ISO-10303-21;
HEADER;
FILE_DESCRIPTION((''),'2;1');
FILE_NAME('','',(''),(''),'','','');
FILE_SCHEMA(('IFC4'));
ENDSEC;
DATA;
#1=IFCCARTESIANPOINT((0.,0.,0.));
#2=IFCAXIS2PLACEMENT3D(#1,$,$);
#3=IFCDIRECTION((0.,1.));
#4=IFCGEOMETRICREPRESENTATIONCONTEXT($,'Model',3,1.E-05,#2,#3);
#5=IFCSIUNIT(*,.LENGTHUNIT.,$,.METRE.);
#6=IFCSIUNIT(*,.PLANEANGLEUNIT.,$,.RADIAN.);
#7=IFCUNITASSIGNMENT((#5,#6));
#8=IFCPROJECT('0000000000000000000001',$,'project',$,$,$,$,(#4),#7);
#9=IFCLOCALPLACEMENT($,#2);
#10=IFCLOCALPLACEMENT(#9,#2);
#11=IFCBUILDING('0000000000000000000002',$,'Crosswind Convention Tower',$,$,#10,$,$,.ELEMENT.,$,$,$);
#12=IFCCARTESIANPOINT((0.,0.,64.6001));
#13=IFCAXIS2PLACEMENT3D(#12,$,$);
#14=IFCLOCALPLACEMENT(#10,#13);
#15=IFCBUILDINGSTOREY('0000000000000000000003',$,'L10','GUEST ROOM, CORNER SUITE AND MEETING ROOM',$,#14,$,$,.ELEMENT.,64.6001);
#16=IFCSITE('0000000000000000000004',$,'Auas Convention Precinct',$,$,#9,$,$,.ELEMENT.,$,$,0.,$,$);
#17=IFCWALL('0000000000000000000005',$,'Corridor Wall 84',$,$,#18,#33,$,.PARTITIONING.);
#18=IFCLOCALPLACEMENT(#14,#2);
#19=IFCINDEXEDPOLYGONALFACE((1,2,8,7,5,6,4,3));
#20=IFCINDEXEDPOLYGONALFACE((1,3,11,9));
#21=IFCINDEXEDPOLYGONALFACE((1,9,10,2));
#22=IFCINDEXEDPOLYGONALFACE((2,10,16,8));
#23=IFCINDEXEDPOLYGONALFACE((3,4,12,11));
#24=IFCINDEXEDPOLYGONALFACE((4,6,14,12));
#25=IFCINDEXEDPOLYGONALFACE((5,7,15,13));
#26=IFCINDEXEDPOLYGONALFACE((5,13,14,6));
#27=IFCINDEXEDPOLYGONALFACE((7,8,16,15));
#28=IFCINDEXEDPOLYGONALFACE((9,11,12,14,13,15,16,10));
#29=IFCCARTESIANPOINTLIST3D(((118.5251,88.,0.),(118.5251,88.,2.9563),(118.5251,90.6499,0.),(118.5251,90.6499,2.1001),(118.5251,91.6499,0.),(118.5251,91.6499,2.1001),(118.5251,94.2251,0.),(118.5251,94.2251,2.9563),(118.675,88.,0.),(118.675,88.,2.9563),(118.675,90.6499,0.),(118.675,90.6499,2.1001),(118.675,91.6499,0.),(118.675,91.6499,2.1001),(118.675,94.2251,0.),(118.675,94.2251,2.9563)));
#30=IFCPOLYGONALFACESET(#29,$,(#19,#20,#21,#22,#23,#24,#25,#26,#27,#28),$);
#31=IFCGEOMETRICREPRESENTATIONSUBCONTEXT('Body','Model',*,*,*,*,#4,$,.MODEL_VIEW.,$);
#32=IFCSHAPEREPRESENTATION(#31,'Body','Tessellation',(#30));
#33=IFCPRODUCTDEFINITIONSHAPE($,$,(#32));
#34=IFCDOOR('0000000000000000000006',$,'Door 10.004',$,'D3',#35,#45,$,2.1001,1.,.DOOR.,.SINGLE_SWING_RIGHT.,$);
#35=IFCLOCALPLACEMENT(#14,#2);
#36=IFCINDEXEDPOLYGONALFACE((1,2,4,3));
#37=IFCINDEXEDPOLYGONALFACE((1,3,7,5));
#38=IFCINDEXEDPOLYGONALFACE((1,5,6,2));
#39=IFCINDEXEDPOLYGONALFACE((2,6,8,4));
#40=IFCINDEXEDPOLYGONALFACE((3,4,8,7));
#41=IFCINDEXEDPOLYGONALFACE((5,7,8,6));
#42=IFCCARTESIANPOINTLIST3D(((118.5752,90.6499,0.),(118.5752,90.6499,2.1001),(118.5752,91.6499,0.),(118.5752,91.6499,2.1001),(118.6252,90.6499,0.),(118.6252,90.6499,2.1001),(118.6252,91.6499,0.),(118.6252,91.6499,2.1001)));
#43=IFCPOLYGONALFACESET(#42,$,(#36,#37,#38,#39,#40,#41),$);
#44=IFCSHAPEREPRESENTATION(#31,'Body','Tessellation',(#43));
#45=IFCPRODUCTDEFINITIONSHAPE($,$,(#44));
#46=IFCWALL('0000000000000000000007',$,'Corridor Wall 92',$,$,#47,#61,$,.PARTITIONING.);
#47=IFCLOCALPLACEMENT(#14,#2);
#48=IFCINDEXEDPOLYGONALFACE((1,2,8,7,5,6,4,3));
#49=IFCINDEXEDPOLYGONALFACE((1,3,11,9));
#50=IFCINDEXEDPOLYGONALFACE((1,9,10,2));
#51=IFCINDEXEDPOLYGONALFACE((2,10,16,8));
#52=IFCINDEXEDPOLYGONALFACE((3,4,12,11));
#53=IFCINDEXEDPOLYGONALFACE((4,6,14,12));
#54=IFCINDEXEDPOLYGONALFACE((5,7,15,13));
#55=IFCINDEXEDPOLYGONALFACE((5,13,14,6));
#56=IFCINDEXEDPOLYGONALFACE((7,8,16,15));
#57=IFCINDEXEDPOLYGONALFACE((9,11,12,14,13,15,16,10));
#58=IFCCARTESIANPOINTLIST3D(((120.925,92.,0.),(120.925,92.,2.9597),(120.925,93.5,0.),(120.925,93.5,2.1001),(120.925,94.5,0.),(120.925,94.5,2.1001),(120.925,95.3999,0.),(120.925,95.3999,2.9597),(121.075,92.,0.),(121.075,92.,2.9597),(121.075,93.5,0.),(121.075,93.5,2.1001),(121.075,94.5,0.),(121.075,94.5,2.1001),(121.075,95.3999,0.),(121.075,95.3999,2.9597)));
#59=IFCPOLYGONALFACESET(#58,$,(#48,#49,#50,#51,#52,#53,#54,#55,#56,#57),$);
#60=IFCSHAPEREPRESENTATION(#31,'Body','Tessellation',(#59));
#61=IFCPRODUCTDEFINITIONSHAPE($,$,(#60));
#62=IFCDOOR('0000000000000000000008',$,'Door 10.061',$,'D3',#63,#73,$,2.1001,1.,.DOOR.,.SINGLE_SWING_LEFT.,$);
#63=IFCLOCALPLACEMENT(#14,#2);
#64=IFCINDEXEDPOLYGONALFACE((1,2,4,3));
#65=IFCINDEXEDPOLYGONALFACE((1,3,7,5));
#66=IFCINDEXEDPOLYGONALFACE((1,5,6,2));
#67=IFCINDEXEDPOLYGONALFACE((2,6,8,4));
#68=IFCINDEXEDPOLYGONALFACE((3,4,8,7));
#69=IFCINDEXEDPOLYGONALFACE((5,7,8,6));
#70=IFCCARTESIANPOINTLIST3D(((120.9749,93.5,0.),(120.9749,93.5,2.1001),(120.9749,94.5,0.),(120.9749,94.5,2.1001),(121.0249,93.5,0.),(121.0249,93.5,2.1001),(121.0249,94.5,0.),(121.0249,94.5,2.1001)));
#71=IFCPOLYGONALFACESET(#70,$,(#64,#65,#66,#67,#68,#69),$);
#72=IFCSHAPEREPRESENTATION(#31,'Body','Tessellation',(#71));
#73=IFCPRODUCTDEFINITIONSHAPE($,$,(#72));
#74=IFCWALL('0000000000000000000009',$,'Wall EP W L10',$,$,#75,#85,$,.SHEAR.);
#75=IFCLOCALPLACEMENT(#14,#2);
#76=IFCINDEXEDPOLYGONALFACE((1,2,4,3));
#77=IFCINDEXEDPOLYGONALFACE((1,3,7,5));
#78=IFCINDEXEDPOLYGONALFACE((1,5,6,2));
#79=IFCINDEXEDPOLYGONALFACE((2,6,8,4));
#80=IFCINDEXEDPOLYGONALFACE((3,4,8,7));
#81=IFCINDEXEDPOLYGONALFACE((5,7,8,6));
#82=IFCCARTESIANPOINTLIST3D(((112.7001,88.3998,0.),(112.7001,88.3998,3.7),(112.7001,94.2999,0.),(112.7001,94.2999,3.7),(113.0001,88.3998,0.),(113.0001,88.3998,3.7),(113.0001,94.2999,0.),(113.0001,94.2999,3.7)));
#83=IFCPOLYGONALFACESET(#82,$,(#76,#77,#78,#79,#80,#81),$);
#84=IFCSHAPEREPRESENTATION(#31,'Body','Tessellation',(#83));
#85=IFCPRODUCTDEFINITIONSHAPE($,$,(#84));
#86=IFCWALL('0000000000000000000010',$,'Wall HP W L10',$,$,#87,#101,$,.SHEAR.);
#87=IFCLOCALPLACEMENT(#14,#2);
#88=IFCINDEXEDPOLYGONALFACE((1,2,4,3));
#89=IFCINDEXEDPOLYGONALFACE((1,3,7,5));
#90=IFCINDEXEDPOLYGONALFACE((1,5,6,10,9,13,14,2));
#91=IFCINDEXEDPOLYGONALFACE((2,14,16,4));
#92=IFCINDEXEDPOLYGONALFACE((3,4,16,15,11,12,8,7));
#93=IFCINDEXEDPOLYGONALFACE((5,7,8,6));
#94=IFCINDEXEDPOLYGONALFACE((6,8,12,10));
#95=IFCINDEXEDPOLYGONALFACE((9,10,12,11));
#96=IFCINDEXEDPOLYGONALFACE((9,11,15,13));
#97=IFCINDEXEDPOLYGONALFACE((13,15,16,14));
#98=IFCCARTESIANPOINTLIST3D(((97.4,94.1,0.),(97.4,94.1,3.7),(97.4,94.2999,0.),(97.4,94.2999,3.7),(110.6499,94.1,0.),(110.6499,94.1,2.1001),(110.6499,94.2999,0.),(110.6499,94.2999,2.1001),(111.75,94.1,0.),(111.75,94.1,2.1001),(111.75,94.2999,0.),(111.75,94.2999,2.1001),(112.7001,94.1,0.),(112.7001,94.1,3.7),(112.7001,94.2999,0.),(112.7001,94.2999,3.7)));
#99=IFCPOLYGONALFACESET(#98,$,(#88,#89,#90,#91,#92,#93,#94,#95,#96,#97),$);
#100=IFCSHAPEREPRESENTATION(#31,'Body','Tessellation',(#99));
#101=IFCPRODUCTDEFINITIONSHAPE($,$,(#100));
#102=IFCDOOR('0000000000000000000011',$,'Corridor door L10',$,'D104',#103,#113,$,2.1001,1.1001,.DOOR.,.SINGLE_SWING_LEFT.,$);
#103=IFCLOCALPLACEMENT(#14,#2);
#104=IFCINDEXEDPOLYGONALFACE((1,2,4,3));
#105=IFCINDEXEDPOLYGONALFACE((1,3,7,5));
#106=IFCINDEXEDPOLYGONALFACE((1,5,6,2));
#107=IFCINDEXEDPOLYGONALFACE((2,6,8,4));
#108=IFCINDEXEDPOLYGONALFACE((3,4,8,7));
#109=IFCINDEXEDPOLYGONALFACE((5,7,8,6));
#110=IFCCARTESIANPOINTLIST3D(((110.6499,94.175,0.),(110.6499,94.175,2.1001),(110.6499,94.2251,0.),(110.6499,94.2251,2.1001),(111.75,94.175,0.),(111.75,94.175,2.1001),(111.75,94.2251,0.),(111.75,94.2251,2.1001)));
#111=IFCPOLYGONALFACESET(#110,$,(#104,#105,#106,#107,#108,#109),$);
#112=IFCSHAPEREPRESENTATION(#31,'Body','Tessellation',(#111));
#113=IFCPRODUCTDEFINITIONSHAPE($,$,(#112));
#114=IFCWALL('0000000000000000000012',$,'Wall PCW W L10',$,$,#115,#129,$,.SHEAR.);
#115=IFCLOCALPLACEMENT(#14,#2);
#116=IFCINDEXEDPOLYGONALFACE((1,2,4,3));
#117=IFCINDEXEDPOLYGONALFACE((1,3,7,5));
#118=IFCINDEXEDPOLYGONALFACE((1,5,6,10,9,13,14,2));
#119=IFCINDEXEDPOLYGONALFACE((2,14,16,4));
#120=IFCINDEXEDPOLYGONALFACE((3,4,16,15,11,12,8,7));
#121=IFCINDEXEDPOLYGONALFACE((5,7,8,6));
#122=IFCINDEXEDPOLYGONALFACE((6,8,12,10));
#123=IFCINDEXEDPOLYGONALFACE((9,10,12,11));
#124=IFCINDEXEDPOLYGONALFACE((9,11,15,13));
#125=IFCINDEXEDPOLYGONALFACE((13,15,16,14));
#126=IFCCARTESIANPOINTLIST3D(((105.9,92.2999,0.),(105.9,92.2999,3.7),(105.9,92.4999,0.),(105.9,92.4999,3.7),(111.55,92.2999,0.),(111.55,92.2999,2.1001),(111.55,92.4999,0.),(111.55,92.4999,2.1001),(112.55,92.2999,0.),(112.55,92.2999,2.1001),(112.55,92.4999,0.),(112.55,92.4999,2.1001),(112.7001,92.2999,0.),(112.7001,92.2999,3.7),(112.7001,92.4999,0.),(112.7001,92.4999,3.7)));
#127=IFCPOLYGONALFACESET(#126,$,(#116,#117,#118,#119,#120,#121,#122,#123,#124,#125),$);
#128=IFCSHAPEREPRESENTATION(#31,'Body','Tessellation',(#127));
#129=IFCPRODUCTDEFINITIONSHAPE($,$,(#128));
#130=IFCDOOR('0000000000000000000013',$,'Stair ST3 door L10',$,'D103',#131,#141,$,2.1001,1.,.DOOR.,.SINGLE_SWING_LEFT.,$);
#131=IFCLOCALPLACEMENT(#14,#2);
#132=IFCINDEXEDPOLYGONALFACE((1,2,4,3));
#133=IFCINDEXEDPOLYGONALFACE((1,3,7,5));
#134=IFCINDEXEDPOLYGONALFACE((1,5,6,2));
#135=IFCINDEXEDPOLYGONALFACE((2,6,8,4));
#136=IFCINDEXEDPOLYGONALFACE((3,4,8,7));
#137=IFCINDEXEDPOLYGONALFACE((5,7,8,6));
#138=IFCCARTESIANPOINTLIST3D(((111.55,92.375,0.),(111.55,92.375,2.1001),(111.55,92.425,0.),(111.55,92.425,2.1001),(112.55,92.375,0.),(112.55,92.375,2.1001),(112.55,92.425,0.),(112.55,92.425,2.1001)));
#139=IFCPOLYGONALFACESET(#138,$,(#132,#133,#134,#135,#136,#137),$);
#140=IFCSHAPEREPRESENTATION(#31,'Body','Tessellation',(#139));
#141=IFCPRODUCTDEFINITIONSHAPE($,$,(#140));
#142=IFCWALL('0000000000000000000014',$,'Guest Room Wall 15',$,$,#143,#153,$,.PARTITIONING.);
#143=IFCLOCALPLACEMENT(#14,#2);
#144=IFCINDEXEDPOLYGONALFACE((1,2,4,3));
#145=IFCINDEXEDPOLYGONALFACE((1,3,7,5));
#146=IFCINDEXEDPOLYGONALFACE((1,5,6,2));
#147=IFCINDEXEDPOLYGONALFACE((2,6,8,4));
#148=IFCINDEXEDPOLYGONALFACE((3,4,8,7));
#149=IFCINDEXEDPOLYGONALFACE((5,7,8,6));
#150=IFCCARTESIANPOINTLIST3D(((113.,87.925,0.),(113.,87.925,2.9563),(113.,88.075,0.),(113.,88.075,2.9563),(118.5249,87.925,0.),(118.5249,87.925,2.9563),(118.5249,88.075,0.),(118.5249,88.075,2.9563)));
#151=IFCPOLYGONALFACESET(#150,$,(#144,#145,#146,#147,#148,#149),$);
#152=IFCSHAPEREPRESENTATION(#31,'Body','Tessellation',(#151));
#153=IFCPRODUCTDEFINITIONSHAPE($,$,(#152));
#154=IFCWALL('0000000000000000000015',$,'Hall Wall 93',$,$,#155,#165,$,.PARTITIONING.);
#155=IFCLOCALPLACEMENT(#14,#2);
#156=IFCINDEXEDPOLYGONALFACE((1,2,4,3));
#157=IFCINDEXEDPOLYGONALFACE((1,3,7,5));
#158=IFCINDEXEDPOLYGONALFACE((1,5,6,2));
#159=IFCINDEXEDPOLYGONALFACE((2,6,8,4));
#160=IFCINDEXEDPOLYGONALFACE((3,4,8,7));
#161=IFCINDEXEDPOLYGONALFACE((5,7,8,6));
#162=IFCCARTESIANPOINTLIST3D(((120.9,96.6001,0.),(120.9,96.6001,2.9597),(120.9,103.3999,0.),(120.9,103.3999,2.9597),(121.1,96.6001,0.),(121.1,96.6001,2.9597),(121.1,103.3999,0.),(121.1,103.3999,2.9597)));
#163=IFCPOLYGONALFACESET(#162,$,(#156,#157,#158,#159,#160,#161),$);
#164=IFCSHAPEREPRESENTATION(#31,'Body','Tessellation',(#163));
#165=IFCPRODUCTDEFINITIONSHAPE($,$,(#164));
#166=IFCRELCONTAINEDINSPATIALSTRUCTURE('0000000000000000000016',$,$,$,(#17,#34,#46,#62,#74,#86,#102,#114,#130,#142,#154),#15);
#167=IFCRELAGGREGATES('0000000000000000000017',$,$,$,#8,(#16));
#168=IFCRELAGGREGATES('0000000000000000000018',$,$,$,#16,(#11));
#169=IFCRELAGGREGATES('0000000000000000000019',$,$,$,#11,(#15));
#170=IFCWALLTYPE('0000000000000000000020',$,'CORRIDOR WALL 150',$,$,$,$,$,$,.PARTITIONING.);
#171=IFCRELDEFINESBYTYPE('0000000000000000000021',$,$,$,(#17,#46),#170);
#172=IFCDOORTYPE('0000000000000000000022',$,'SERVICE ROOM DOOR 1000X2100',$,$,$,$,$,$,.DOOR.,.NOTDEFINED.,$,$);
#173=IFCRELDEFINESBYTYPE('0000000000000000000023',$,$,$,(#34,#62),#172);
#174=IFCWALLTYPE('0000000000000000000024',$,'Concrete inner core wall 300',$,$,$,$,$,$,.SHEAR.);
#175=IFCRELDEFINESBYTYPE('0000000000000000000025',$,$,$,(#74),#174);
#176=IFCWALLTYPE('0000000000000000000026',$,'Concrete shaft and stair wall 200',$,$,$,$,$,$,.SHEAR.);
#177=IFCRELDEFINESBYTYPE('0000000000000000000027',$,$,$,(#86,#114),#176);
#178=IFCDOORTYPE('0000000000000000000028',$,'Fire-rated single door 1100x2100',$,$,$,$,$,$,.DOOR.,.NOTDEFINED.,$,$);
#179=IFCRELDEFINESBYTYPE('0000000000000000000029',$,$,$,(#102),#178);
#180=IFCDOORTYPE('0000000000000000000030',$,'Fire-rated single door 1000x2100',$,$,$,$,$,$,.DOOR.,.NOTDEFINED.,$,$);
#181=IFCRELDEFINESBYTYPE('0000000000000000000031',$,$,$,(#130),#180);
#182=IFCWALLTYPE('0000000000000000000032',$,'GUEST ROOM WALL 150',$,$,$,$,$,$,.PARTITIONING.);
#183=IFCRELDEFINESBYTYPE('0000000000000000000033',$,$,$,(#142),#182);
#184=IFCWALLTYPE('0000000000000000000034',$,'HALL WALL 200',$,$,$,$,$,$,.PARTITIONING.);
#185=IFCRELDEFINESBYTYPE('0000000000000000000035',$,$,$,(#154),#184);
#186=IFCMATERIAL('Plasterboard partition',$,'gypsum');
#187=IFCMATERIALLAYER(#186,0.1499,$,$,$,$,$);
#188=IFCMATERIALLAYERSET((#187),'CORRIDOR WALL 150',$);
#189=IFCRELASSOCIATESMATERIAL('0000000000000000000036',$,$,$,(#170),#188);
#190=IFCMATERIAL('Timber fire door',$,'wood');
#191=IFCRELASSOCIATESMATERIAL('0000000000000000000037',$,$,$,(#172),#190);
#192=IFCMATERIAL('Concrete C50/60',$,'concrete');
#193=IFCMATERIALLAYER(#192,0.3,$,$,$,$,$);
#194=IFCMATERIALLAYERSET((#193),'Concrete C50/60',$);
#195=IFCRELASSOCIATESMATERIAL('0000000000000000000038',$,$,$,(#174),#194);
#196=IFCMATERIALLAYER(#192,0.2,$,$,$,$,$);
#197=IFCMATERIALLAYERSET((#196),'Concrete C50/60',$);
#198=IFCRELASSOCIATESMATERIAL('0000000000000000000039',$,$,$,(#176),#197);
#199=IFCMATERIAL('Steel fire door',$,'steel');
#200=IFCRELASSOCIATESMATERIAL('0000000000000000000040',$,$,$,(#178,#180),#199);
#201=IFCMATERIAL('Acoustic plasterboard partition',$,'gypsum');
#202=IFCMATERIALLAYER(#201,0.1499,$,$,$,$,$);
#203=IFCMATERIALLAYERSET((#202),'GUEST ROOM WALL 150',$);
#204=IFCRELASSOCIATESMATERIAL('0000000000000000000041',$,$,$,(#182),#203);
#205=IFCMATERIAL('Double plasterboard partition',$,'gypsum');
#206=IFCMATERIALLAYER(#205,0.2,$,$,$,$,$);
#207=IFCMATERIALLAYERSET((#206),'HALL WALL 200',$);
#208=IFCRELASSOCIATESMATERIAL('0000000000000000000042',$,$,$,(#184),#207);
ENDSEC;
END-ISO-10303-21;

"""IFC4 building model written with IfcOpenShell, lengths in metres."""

from ifc_helpers import new_model, si_unit, direction, frame, frame_2d, origin, place, context, subcontext, project, spatial, rectangle, extrude, material, layer, layer_set, type_object, element, fill, save


model = new_model("IFC4")

# Units and contexts
model_context = context("Model", 3, precision=1e-05, world=origin(), true_north=direction((0.0, 1.0)))
body_context = subcontext(model_context, "Body", "Model", "MODEL_VIEW")
ifc_project = project(units=[si_unit("LENGTHUNIT", "METRE"), si_unit("PLANEANGLEUNIT", "RADIAN")], contexts=[model_context])

# Site, building, storey
site_placement = place(None, origin())
site = spatial("IfcSite", under=ifc_project, at=site_placement, Name="Auas Convention Precinct", CompositionType="ELEMENT", RefElevation=0.0)
building_placement = place(site_placement, origin())
building = spatial("IfcBuilding", under=site, at=building_placement, Name="Crosswind Convention Tower", CompositionType="ELEMENT")
storey_placement = place(building_placement, frame((0.0, 0.0, 64.6001)))
storey = spatial("IfcBuildingStorey", under=building, at=storey_placement, Name="L10", Description="GUEST ROOM, CORNER SUITE AND MEETING ROOM", CompositionType="ELEMENT", Elevation=64.6001)

# Shared definitions
ifc_material_1 = material(Name="Steel fire door", Category="steel")

# Shared definitions
ifc_material_2 = material(Name="Plasterboard partition", Category="gypsum")
ifc_layer_1 = layer(ifc_material_2, 0.1499)
ifc_layer_set_1 = layer_set([ifc_layer_1], Name="CORRIDOR WALL 150")
wall_type_1 = type_object("IfcWallType", Name="CORRIDOR WALL 150", PredefinedType="PARTITIONING", material=ifc_layer_set_1)

# Walls, openings, doors
wall_1_placement = place(storey_placement, frame((118.6001, 88.0, 0.0), z_axis=(0.0, 0.0, 1.0), x_axis=(0.0, 1.0, 0.0)))
wall_1 = element("IfcWall", 1, at=wall_1_placement, inside=storey, type_object=wall_type_1, Name="Corridor Wall 84", PredefinedType="PARTITIONING", context=body_context, shape_type="SweptSolid", body=[
    extrude(rectangle(XDim=6.2251, YDim=0.1499, at=frame_2d((3.1125, 0.0))), origin(), (0.0, 0.0, 1.0), 2.9563),
])
opening_1_placement = place(wall_1_placement, frame((2.6499, 0.0, 0.0)))
opening_1 = element("IfcOpeningElement", 2, at=opening_1_placement, cuts=wall_1, PredefinedType="OPENING", context=body_context, shape_type="SweptSolid", body=[
    extrude(rectangle(XDim=1.0, YDim=2.1001, at=frame_2d((0.5, 1.05))), frame((0.0, 0.085, 0.0), z_axis=(0.0, -1.0, 0.0), x_axis=(1.0, 0.0, 0.0)), (0.0, 0.0, 1.0), 0.1699),
])
ifc_material_3 = material(Name="Timber fire door", Category="wood")
door_type_1 = type_object("IfcDoorType", Name="SERVICE ROOM DOOR 1000X2100", OperationType="NOTDEFINED", PredefinedType="DOOR", material=ifc_material_3)
door_1_placement = place(opening_1_placement, origin())
door_1 = element("IfcDoor", 3, at=door_1_placement, inside=storey, type_object=door_type_1, Name="Door 10.004", ObjectType="D3", OperationType="SINGLE_SWING_RIGHT", OverallHeight=2.1001, OverallWidth=1.0, PredefinedType="DOOR", context=body_context, shape_type="SweptSolid", body=[
    extrude(rectangle(XDim=1.0, YDim=2.1001, at=frame_2d((0.5, 1.05))), frame((0.0, 0.0249, 0.0), z_axis=(0.0, -1.0, 0.0), x_axis=(1.0, 0.0, 0.0)), (0.0, 0.0, 1.0), 0.05),
])
fill(opening_1, door_1)
wall_2_placement = place(storey_placement, frame((121.0, 92.0, 0.0), z_axis=(0.0, 0.0, 1.0), x_axis=(0.0, 1.0, 0.0)))
wall_2 = element("IfcWall", 4, at=wall_2_placement, inside=storey, type_object=wall_type_1, Name="Corridor Wall 92", PredefinedType="PARTITIONING", context=body_context, shape_type="SweptSolid", body=[
    extrude(rectangle(XDim=3.3999, YDim=0.1499, at=frame_2d((1.7, 0.0))), origin(), (0.0, 0.0, 1.0), 2.9597),
])
opening_2_placement = place(wall_2_placement, frame((1.5, 0.0, 0.0)))
opening_2 = element("IfcOpeningElement", 5, at=opening_2_placement, cuts=wall_2, PredefinedType="OPENING", context=body_context, shape_type="SweptSolid", body=[
    extrude(rectangle(XDim=1.0, YDim=2.1001, at=frame_2d((0.5, 1.05))), frame((0.0, 0.085, 0.0), z_axis=(0.0, -1.0, 0.0), x_axis=(1.0, 0.0, 0.0)), (0.0, 0.0, 1.0), 0.1699),
])
door_2_placement = place(opening_2_placement, frame((1.0, 0.0, 0.0), z_axis=(0.0, 0.0, 1.0), x_axis=(-1.0, 0.0, 0.0)))
door_2 = element("IfcDoor", 6, at=door_2_placement, inside=storey, type_object=door_type_1, Name="Door 10.061", ObjectType="D3", OperationType="SINGLE_SWING_LEFT", OverallHeight=2.1001, OverallWidth=1.0, PredefinedType="DOOR", context=body_context, shape_type="SweptSolid", body=[
    extrude(rectangle(XDim=1.0, YDim=2.1001, at=frame_2d((0.5, 1.05))), frame((0.0, 0.0249, 0.0), z_axis=(0.0, -1.0, 0.0), x_axis=(1.0, 0.0, 0.0)), (0.0, 0.0, 1.0), 0.05),
])
fill(opening_2, door_2)

# Wall
ifc_material_4 = material(Name="Concrete C50/60", Category="concrete")
ifc_layer_2 = layer(ifc_material_4, 0.3)
ifc_layer_set_2 = layer_set([ifc_layer_2], Name="Concrete C50/60")
wall_type_2 = type_object("IfcWallType", Name="Concrete inner core wall 300", PredefinedType="SHEAR", material=ifc_layer_set_2)
wall_3_placement = place(storey_placement, frame((112.8501, 94.3, 0.0), z_axis=(0.0, 0.0, 1.0), x_axis=(0.0, -1.0, 0.0)))
element("IfcWall", 7, at=wall_3_placement, inside=storey, type_object=wall_type_2, Name="Wall EP W L10", PredefinedType="SHEAR", context=body_context, shape_type="SweptSolid", body=[
    extrude(rectangle(XDim=5.9001, YDim=0.3, at=frame_2d((2.9502, 0.0))), origin(), (0.0, 0.0, 1.0), 3.7),
])

# Walls, openings, doors
ifc_layer_3 = layer(ifc_material_4, 0.2)
ifc_layer_set_3 = layer_set([ifc_layer_3], Name="Concrete C50/60")
wall_type_3 = type_object("IfcWallType", Name="Concrete shaft and stair wall 200", PredefinedType="SHEAR", material=ifc_layer_set_3)
wall_4_placement = place(storey_placement, frame((112.7, 94.2, 0.0), z_axis=(0.0, 0.0, 1.0), x_axis=(-1.0, 0.0, 0.0)))
wall_4 = element("IfcWall", 8, at=wall_4_placement, inside=storey, type_object=wall_type_3, Name="Wall HP W L10", PredefinedType="SHEAR", context=body_context, shape_type="SweptSolid", body=[
    extrude(rectangle(XDim=15.3, YDim=0.2, at=frame_2d((7.6499, 0.0))), origin(), (0.0, 0.0, 1.0), 3.7),
])
opening_3_placement = place(wall_4_placement, frame((0.95, 0.0, 0.0)))
opening_3 = element("IfcOpeningElement", 9, at=opening_3_placement, cuts=wall_4, PredefinedType="OPENING", context=body_context, shape_type="SweptSolid", body=[
    extrude(rectangle(XDim=1.1001, YDim=2.1001, at=frame_2d((0.55, 1.05))), frame((0.0, 0.1099, 0.0), z_axis=(0.0, -1.0, 0.0), x_axis=(1.0, 0.0, 0.0)), (0.0, 0.0, 1.0), 0.22),
])
door_type_2 = type_object("IfcDoorType", Name="Fire-rated single door 1100x2100", OperationType="NOTDEFINED", PredefinedType="DOOR", material=ifc_material_1)
door_3_placement = place(opening_3_placement, origin())
door_3 = element("IfcDoor", 10, at=door_3_placement, inside=storey, type_object=door_type_2, Name="Corridor door L10", ObjectType="D104", OperationType="SINGLE_SWING_LEFT", OverallHeight=2.1001, OverallWidth=1.1001, PredefinedType="DOOR", context=body_context, shape_type="SweptSolid", body=[
    extrude(rectangle(XDim=1.1001, YDim=2.1001, at=frame_2d((0.55, 1.05))), frame((0.0, 0.0249, 0.0), z_axis=(0.0, -1.0, 0.0), x_axis=(1.0, 0.0, 0.0)), (0.0, 0.0, 1.0), 0.05),
])
fill(opening_3, door_3)
wall_5_placement = place(storey_placement, frame((112.7, 92.3999, 0.0), z_axis=(0.0, 0.0, 1.0), x_axis=(-1.0, 0.0, 0.0)))
wall_5 = element("IfcWall", 11, at=wall_5_placement, inside=storey, type_object=wall_type_3, Name="Wall PCW W L10", PredefinedType="SHEAR", context=body_context, shape_type="SweptSolid", body=[
    extrude(rectangle(XDim=6.8, YDim=0.2, at=frame_2d((3.3999, 0.0))), origin(), (0.0, 0.0, 1.0), 3.7),
])
opening_4_placement = place(wall_5_placement, frame((0.1499, 0.0, 0.0)))
opening_4 = element("IfcOpeningElement", 12, at=opening_4_placement, cuts=wall_5, PredefinedType="OPENING", context=body_context, shape_type="SweptSolid", body=[
    extrude(rectangle(XDim=1.0, YDim=2.1001, at=frame_2d((0.5, 1.05))), frame((0.0, 0.1099, 0.0), z_axis=(0.0, -1.0, 0.0), x_axis=(1.0, 0.0, 0.0)), (0.0, 0.0, 1.0), 0.22),
])
door_type_3 = type_object("IfcDoorType", Name="Fire-rated single door 1000x2100", OperationType="NOTDEFINED", PredefinedType="DOOR", material=ifc_material_1)
door_4_placement = place(opening_4_placement, origin())
door_4 = element("IfcDoor", 13, at=door_4_placement, inside=storey, type_object=door_type_3, Name="Stair ST3 door L10", ObjectType="D103", OperationType="SINGLE_SWING_LEFT", OverallHeight=2.1001, OverallWidth=1.0, PredefinedType="DOOR", context=body_context, shape_type="SweptSolid", body=[
    extrude(rectangle(XDim=1.0, YDim=2.1001, at=frame_2d((0.5, 1.05))), frame((0.0, 0.0249, 0.0), z_axis=(0.0, -1.0, 0.0), x_axis=(1.0, 0.0, 0.0)), (0.0, 0.0, 1.0), 0.05),
])
fill(opening_4, door_4)

# Walls
ifc_material_5 = material(Name="Acoustic plasterboard partition", Category="gypsum")
ifc_layer_4 = layer(ifc_material_5, 0.1499)
ifc_layer_set_4 = layer_set([ifc_layer_4], Name="GUEST ROOM WALL 150")
wall_type_4 = type_object("IfcWallType", Name="GUEST ROOM WALL 150", PredefinedType="PARTITIONING", material=ifc_layer_set_4)
wall_6_placement = place(storey_placement, frame((113.0, 88.0, 0.0), z_axis=(0.0, 0.0, 1.0), x_axis=(1.0, 0.0, 0.0)))
element("IfcWall", 14, at=wall_6_placement, inside=storey, type_object=wall_type_4, Name="Guest Room Wall 15", PredefinedType="PARTITIONING", context=body_context, shape_type="SweptSolid", body=[
    extrude(rectangle(XDim=5.5249, YDim=0.1499, at=frame_2d((2.7625, 0.0))), origin(), (0.0, 0.0, 1.0), 2.9563),
])
ifc_material_6 = material(Name="Double plasterboard partition", Category="gypsum")
ifc_layer_5 = layer(ifc_material_6, 0.2)
ifc_layer_set_5 = layer_set([ifc_layer_5], Name="HALL WALL 200")
wall_type_5 = type_object("IfcWallType", Name="HALL WALL 200", PredefinedType="PARTITIONING", material=ifc_layer_set_5)
wall_7_placement = place(storey_placement, frame((121.0, 96.6001, 0.0), z_axis=(0.0, 0.0, 1.0), x_axis=(0.0, 1.0, 0.0)))
element("IfcWall", 15, at=wall_7_placement, inside=storey, type_object=wall_type_5, Name="Hall Wall 93", PredefinedType="PARTITIONING", context=body_context, shape_type="SweptSolid", body=[
    extrude(rectangle(XDim=6.7998, YDim=0.2, at=frame_2d((3.3999, 0.0))), origin(), (0.0, 0.0, 1.0), 2.9597),
])

save(model, "model.ifc")
